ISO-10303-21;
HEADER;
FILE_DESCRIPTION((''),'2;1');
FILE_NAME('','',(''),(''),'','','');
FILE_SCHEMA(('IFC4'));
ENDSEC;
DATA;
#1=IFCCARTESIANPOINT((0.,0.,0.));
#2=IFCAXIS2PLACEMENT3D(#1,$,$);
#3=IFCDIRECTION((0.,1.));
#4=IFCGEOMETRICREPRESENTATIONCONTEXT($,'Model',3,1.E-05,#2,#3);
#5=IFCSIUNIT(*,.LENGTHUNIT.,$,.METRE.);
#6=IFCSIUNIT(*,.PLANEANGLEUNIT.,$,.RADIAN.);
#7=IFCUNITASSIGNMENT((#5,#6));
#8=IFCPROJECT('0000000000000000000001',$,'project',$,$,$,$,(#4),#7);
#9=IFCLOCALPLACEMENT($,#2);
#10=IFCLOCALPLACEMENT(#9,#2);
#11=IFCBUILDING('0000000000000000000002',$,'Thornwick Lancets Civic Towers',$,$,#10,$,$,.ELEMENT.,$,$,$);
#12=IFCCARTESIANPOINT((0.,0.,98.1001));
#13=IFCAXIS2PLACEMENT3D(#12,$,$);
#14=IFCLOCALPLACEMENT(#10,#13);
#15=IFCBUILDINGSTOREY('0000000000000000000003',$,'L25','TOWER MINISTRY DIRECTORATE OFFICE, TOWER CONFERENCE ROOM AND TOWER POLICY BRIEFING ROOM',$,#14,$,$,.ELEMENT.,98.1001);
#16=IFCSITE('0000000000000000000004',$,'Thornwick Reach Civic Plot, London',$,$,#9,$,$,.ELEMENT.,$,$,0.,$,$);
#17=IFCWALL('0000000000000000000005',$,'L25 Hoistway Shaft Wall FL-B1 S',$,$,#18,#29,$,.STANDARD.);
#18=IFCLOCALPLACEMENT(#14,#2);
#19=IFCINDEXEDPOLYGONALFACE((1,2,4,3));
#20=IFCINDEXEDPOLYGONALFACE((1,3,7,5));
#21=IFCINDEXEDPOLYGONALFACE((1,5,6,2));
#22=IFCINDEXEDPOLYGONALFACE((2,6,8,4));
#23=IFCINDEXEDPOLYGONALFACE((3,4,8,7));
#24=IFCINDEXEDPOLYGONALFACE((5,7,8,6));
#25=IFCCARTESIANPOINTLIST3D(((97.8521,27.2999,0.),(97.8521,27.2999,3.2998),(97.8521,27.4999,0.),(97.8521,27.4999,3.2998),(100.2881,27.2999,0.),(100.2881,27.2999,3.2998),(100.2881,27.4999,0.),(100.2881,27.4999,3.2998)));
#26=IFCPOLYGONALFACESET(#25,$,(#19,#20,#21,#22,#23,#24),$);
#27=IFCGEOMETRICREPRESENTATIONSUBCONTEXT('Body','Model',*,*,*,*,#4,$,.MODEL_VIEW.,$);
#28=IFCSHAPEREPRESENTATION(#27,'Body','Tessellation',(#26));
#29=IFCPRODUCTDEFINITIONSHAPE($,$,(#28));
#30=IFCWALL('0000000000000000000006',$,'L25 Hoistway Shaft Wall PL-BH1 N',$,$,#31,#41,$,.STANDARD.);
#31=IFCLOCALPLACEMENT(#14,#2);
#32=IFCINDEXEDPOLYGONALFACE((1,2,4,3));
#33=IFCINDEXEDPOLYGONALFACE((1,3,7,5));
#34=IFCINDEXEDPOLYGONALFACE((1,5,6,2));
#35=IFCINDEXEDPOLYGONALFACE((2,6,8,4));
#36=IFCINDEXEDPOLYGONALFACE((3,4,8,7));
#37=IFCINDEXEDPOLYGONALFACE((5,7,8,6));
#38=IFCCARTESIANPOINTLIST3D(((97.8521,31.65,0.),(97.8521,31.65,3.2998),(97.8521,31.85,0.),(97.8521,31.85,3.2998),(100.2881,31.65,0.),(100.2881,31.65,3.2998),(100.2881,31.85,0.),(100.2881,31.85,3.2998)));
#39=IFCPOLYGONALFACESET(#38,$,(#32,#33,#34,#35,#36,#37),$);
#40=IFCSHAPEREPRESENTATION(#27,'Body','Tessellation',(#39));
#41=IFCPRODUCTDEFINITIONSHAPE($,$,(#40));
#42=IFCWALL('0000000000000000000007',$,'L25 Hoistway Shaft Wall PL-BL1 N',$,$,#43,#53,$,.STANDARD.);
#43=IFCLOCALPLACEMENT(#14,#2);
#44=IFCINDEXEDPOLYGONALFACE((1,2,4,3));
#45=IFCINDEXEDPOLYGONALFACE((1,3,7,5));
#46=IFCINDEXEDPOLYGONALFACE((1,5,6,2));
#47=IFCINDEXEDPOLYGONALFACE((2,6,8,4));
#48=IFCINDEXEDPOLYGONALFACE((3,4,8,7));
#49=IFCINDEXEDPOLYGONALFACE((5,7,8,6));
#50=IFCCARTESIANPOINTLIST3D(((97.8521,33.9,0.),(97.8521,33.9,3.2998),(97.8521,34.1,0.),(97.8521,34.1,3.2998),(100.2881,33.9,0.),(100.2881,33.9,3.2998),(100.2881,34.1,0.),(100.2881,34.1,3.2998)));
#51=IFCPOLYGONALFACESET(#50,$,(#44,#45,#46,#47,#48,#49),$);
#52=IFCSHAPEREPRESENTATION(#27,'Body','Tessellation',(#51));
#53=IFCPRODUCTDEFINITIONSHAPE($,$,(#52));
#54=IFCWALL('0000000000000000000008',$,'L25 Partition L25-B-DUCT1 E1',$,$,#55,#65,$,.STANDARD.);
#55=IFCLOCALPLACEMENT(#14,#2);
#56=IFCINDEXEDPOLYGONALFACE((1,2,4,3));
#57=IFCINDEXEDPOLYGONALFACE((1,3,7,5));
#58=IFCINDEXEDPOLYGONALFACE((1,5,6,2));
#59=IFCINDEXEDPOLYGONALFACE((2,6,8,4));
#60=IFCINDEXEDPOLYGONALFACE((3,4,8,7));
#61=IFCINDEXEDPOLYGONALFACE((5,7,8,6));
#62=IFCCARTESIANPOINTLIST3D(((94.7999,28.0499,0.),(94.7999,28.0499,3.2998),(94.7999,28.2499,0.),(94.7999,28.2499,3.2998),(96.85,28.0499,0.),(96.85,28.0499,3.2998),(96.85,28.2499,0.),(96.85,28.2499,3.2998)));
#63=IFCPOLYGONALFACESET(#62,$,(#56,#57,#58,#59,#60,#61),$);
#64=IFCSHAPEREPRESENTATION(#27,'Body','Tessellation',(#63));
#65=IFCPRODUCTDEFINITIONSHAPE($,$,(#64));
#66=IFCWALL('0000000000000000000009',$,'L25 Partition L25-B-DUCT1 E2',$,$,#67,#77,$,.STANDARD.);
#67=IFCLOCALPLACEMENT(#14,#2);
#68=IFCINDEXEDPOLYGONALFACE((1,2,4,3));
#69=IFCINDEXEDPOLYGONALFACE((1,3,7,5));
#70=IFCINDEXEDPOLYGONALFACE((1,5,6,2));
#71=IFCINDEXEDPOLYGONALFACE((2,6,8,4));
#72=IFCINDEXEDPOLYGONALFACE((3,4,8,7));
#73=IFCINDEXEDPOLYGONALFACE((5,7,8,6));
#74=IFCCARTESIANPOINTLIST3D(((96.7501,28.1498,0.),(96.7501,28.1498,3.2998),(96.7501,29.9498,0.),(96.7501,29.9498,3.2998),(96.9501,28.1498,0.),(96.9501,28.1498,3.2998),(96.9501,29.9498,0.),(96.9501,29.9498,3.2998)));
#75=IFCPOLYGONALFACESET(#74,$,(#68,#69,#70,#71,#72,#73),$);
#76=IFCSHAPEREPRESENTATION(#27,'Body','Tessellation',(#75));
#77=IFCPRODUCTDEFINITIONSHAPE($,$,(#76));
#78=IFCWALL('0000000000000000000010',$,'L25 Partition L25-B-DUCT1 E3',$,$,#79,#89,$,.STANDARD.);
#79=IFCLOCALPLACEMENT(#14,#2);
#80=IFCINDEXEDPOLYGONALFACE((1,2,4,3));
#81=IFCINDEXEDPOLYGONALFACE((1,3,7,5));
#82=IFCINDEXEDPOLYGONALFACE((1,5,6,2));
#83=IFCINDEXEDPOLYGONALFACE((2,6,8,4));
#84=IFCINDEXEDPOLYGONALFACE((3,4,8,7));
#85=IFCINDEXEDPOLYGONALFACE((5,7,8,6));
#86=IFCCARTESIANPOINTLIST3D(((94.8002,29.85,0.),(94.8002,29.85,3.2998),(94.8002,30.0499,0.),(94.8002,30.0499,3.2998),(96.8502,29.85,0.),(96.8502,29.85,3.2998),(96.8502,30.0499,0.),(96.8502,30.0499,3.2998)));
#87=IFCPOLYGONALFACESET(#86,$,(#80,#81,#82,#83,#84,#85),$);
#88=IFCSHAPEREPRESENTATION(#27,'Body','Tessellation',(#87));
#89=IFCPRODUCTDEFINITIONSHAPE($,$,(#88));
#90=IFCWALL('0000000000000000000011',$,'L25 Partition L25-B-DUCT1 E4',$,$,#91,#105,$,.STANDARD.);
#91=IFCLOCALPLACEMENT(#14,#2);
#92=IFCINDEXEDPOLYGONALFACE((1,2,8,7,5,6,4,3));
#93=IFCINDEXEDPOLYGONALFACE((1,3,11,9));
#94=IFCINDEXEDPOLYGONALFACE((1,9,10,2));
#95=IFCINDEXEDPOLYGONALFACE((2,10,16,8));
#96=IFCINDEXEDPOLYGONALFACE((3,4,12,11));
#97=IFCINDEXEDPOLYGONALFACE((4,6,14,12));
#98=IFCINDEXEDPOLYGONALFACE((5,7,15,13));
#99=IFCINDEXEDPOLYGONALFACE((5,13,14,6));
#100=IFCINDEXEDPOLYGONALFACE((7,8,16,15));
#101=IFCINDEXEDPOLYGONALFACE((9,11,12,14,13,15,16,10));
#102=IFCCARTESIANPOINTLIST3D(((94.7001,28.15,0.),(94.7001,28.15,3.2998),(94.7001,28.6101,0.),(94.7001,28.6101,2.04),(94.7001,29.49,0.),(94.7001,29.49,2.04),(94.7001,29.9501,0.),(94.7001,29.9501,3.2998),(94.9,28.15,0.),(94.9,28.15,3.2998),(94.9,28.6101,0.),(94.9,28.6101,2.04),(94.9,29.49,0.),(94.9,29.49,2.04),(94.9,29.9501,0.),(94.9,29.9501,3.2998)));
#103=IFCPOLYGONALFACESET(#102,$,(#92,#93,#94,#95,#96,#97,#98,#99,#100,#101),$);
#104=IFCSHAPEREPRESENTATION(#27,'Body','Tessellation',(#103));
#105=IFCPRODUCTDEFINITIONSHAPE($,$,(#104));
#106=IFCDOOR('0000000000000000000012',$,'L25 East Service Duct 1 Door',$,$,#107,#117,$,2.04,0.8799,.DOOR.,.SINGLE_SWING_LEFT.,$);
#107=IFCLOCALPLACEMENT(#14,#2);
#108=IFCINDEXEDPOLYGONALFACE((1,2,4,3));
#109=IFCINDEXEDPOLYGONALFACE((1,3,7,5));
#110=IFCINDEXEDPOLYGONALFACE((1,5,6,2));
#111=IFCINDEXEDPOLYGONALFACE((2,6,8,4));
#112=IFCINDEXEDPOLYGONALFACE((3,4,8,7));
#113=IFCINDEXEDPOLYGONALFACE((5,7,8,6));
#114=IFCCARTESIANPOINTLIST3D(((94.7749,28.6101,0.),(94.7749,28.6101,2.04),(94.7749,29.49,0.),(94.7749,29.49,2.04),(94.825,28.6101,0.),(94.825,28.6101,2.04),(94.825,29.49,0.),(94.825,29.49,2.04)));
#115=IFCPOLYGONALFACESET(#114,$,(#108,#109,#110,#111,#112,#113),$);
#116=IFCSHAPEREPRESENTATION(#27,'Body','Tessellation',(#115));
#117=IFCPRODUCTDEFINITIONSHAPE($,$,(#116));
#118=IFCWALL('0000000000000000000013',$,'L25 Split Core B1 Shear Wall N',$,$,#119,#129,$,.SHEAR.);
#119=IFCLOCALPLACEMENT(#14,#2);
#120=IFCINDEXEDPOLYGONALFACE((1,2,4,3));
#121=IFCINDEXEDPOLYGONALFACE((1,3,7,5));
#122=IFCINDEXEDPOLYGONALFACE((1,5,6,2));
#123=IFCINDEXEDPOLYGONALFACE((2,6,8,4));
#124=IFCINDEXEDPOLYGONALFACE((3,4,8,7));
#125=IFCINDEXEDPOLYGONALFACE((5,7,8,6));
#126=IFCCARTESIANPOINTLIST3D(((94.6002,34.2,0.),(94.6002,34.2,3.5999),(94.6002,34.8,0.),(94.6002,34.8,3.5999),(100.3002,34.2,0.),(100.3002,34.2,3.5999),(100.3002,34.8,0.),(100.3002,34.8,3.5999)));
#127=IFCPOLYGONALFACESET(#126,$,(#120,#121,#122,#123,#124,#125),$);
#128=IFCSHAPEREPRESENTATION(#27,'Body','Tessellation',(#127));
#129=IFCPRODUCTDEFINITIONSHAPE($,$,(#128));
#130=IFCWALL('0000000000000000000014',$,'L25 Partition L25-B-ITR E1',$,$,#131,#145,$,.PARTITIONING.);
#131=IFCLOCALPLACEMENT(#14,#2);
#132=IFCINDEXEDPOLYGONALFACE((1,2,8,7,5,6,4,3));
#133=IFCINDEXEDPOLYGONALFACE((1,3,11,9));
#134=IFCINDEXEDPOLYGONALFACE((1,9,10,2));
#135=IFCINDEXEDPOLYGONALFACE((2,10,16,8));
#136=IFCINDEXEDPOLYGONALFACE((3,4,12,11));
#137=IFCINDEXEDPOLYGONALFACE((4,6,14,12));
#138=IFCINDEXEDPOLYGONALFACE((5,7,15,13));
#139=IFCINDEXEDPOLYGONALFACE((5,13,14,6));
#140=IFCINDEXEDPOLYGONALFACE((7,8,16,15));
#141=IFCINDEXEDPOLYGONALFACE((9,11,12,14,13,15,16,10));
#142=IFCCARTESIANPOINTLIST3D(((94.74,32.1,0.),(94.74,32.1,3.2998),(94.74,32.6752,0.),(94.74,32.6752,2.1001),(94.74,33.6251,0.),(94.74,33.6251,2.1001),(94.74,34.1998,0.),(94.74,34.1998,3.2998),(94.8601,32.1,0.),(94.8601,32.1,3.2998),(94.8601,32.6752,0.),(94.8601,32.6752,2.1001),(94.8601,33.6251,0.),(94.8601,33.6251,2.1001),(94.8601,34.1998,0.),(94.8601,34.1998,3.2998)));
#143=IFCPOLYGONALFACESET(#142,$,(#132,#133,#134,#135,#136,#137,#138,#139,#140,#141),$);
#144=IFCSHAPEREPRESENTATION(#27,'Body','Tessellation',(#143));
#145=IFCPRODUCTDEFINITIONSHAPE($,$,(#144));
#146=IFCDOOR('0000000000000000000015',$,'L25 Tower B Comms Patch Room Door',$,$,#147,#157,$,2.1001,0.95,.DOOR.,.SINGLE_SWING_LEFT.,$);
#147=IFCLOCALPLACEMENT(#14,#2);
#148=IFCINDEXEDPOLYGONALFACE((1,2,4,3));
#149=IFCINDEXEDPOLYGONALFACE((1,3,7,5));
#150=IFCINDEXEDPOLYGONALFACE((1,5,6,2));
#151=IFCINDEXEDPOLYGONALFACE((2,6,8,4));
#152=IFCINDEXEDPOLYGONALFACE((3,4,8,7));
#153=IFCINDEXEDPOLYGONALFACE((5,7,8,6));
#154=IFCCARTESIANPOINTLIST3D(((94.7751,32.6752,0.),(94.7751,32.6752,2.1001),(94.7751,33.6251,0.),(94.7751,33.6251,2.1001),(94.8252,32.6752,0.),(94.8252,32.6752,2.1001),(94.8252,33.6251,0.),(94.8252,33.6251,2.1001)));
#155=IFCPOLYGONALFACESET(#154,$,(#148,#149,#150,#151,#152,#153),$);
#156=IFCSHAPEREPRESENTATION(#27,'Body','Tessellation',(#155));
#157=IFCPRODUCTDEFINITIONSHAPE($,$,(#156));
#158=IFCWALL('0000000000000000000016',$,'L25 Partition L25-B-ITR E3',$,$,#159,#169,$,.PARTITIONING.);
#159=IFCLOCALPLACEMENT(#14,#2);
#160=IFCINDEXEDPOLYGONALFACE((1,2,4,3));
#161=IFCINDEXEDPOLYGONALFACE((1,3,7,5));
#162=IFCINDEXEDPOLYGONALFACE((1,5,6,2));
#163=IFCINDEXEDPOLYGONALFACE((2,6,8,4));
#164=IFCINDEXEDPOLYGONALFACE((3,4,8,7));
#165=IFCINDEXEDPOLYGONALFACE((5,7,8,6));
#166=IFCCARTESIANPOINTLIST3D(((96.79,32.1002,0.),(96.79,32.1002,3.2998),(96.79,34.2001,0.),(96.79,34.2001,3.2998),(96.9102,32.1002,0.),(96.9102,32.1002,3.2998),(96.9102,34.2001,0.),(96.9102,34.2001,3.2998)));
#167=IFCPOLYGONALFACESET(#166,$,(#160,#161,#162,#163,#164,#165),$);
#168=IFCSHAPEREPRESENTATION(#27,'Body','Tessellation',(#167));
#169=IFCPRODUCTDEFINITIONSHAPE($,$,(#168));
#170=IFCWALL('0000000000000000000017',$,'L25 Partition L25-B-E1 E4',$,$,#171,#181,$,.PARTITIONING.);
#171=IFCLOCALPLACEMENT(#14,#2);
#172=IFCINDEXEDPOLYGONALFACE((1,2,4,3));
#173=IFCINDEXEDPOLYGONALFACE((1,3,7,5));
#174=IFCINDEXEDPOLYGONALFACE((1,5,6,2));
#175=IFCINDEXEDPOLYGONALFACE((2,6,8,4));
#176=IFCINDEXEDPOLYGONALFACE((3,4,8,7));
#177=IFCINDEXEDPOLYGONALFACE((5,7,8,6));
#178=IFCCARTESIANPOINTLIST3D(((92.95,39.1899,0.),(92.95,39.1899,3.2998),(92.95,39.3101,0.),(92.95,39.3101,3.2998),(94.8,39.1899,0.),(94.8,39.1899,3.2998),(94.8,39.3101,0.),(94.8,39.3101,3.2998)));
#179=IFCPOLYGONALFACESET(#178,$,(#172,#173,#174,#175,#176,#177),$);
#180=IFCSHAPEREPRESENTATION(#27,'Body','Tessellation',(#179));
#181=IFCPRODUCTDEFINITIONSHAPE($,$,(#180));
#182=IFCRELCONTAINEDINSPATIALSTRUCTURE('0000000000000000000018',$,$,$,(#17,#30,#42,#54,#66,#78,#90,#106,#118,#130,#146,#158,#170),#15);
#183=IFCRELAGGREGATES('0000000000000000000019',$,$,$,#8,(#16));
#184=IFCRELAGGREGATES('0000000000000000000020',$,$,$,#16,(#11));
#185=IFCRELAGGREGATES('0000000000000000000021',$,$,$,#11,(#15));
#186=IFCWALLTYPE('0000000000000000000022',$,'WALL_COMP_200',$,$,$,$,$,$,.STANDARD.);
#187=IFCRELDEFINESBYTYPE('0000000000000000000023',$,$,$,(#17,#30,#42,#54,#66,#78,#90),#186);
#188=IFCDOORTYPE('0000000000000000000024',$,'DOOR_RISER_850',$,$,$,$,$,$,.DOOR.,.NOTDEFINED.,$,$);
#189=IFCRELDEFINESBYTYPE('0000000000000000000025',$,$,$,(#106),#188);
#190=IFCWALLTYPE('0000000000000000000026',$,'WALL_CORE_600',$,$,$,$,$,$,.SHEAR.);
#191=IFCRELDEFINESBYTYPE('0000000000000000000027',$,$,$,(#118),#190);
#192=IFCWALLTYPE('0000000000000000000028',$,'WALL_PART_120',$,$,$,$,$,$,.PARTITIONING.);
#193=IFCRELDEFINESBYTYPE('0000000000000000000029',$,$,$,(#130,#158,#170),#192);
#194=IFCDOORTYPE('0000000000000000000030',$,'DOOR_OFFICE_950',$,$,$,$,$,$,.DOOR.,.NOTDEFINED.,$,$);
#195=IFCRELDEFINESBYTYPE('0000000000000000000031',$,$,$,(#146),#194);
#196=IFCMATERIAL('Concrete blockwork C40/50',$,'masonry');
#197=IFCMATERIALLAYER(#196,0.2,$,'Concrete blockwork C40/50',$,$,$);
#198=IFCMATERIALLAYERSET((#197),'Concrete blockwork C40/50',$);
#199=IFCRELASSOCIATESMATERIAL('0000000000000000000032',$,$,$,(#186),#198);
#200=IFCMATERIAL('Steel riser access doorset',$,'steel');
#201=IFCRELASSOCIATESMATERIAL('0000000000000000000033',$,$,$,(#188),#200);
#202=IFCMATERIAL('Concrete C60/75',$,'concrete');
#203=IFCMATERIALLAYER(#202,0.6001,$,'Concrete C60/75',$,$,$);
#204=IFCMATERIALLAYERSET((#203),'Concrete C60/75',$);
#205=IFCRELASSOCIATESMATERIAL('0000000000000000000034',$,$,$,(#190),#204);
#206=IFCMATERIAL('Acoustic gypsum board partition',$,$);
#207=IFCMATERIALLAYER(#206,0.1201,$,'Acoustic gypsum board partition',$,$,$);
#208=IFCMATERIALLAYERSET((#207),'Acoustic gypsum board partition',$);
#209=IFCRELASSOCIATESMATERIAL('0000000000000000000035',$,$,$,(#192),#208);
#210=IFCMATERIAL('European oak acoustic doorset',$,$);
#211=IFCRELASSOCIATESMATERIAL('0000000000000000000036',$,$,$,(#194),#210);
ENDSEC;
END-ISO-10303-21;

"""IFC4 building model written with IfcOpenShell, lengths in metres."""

from ifc_helpers import new_model, si_unit, direction, frame, frame_2d, origin, place, context, subcontext, project, spatial, rectangle, extrude, material, layer, layer_set, type_object, element, fill, save


model = new_model("IFC4")

# Units and contexts
model_context = context("Model", 3, precision=1e-05, world=origin(), true_north=direction((0.0, 1.0)))
body_context = subcontext(model_context, "Body", "Model", "MODEL_VIEW")
ifc_project = project(units=[si_unit("LENGTHUNIT", "METRE"), si_unit("PLANEANGLEUNIT", "RADIAN")], contexts=[model_context])

# Site, building, storey
site_placement = place(None, origin())
site = spatial("IfcSite", under=ifc_project, at=site_placement, Name="Thornwick Reach Civic Plot, London", CompositionType="ELEMENT", RefElevation=0.0)
building_placement = place(site_placement, origin())
building = spatial("IfcBuilding", under=site, at=building_placement, Name="Thornwick Lancets Civic Towers", CompositionType="ELEMENT")
storey_placement = place(building_placement, frame((0.0, 0.0, 98.1001)))
storey = spatial("IfcBuildingStorey", under=building, at=storey_placement, Name="L25", Description="TOWER MINISTRY DIRECTORATE OFFICE, TOWER CONFERENCE ROOM AND TOWER POLICY BRIEFING ROOM", CompositionType="ELEMENT", Elevation=98.1001)

# Shared definitions
ifc_material_1 = material(Name="Concrete C60/75", Category="concrete")

# Walls
ifc_material_2 = material(Name="Concrete blockwork C40/50", Category="masonry")
ifc_layer_1 = layer(ifc_material_2, 0.2, Name="Concrete blockwork C40/50")
ifc_layer_set_1 = layer_set([ifc_layer_1], Name="Concrete blockwork C40/50")
wall_type_1 = type_object("IfcWallType", Name="WALL_COMP_200", PredefinedType="STANDARD", material=ifc_layer_set_1)
for number, where, z_axis, x_axis, name in (
    (1, (97.8521, 27.3999, 0.0), (0.0, 0.0, 1.0), (1.0, 0.0, 0.0), "L25 Hoistway Shaft Wall FL-B1 S"),
    (2, (97.8521, 31.75, 0.0), (0.0, 0.0, 1.0), (1.0, 0.0, 0.0), "L25 Hoistway Shaft Wall PL-BH1 N"),
    (3, (97.8521, 34.0, 0.0), (0.0, 0.0, 1.0), (1.0, 0.0, 0.0), "L25 Hoistway Shaft Wall PL-BL1 N"),
):
    element("IfcWall", number, at=place(storey_placement, frame(where, z_axis=z_axis, x_axis=x_axis)), inside=storey, type_object=wall_type_1, Name=name, PredefinedType="STANDARD", context=body_context, shape_type="SweptSolid", body=[
        extrude(rectangle(XDim=2.436, YDim=0.2, at=frame_2d((1.218, 0.0))), origin(), (0.0, 0.0, 1.0), 3.2998),
    ])
wall_1_placement = place(storey_placement, frame((94.8, 28.1499, 0.0), z_axis=(0.0, 0.0, 1.0), x_axis=(1.0, 0.0, 0.0)))
element("IfcWall", 4, at=wall_1_placement, inside=storey, type_object=wall_type_1, Name="L25 Partition L25-B-DUCT1 E1", PredefinedType="STANDARD", context=body_context, shape_type="SweptSolid", body=[
    extrude(rectangle(XDim=2.05, YDim=0.2, at=frame_2d((1.0249, 0.0))), origin(), (0.0, 0.0, 1.0), 3.2998),
])
wall_2_placement = place(storey_placement, frame((96.8501, 28.1499, 0.0), z_axis=(0.0, 0.0, 1.0), x_axis=(0.0, 1.0, 0.0)))
element("IfcWall", 5, at=wall_2_placement, inside=storey, type_object=wall_type_1, Name="L25 Partition L25-B-DUCT1 E2", PredefinedType="STANDARD", context=body_context, shape_type="SweptSolid", body=[
    extrude(rectangle(XDim=1.8, YDim=0.2, at=frame_2d((0.8999, 0.0))), origin(), (0.0, 0.0, 1.0), 3.2998),
])
wall_3_placement = place(storey_placement, frame((96.8501, 29.95, 0.0), z_axis=(0.0, 0.0, 1.0), x_axis=(-1.0, 0.0, 0.0)))
element("IfcWall", 6, at=wall_3_placement, inside=storey, type_object=wall_type_1, Name="L25 Partition L25-B-DUCT1 E3", PredefinedType="STANDARD", context=body_context, shape_type="SweptSolid", body=[
    extrude(rectangle(XDim=2.05, YDim=0.2, at=frame_2d((1.0249, 0.0))), origin(), (0.0, 0.0, 1.0), 3.2998),
])

# Wall, opening, door
wall_4_placement = place(storey_placement, frame((94.8, 29.95, 0.0), z_axis=(0.0, 0.0, 1.0), x_axis=(0.0, -1.0, 0.0)))
wall_4 = element("IfcWall", 7, at=wall_4_placement, inside=storey, type_object=wall_type_1, Name="L25 Partition L25-B-DUCT1 E4", PredefinedType="STANDARD", context=body_context, shape_type="SweptSolid", body=[
    extrude(rectangle(XDim=1.8, YDim=0.2, at=frame_2d((0.8999, 0.0))), origin(), (0.0, 0.0, 1.0), 3.2998),
])
opening_1_placement = place(wall_4_placement, frame((0.46, 0.0, 0.0)))
opening_1 = element("IfcOpeningElement", 8, at=opening_1_placement, cuts=wall_4, PredefinedType="OPENING", context=body_context, shape_type="SweptSolid", body=[
    extrude(rectangle(XDim=0.8799, YDim=2.04, at=frame_2d((0.4399, 1.02))), frame((0.0, 0.1099, 0.0), z_axis=(0.0, -1.0, 0.0), x_axis=(1.0, 0.0, 0.0)), (0.0, 0.0, 1.0), 0.22),
])
ifc_material_3 = material(Name="Steel riser access doorset", Category="steel")
door_type_1 = type_object("IfcDoorType", Name="DOOR_RISER_850", OperationType="NOTDEFINED", PredefinedType="DOOR", material=ifc_material_3)
door_1_placement = place(opening_1_placement, origin())
door_1 = element("IfcDoor", 9, at=door_1_placement, inside=storey, type_object=door_type_1, Name="L25 East Service Duct 1 Door", OperationType="SINGLE_SWING_LEFT", OverallHeight=2.04, OverallWidth=0.8799, PredefinedType="DOOR", context=body_context, shape_type="SweptSolid", body=[
    extrude(rectangle(XDim=0.8799, YDim=2.04, at=frame_2d((0.4399, 1.02))), frame((0.0, 0.0249, 0.0), z_axis=(0.0, -1.0, 0.0), x_axis=(1.0, 0.0, 0.0)), (0.0, 0.0, 1.0), 0.05),
])
fill(opening_1, door_1)

# Wall
ifc_layer_2 = layer(ifc_material_1, 0.6001, Name="Concrete C60/75")
ifc_layer_set_2 = layer_set([ifc_layer_2], Name="Concrete C60/75")
wall_type_2 = type_object("IfcWallType", Name="WALL_CORE_600", PredefinedType="SHEAR", material=ifc_layer_set_2)
wall_5_placement = place(storey_placement, frame((94.6001, 34.5, 0.0), z_axis=(0.0, 0.0, 1.0), x_axis=(1.0, 0.0, 0.0)))
element("IfcWall", 10, at=wall_5_placement, inside=storey, type_object=wall_type_2, Name="L25 Split Core B1 Shear Wall N", PredefinedType="SHEAR", context=body_context, shape_type="SweptSolid", body=[
    extrude(rectangle(XDim=5.7, YDim=0.6001, at=frame_2d((2.8501, 0.0))), origin(), (0.0, 0.0, 1.0), 3.5999),
])

# Wall, opening, door
ifc_material_4 = material(Name="Acoustic gypsum board partition")
ifc_layer_3 = layer(ifc_material_4, 0.1201, Name="Acoustic gypsum board partition")
ifc_layer_set_3 = layer_set([ifc_layer_3], Name="Acoustic gypsum board partition")
wall_type_3 = type_object("IfcWallType", Name="WALL_PART_120", PredefinedType="PARTITIONING", material=ifc_layer_set_3)
wall_6_placement = place(storey_placement, frame((94.8, 32.1001, 0.0), z_axis=(0.0, 0.0, 1.0), x_axis=(0.0, 1.0, 0.0)))
wall_6 = element("IfcWall", 11, at=wall_6_placement, inside=storey, type_object=wall_type_3, Name="L25 Partition L25-B-ITR E1", PredefinedType="PARTITIONING", context=body_context, shape_type="SweptSolid", body=[
    extrude(rectangle(XDim=2.0999, YDim=0.1201, at=frame_2d((1.0498, 0.0))), origin(), (0.0, 0.0, 1.0), 3.2998),
])
opening_2_placement = place(wall_6_placement, frame((0.575, 0.0, 0.0)))
opening_2 = element("IfcOpeningElement", 12, at=opening_2_placement, cuts=wall_6, PredefinedType="OPENING", context=body_context, shape_type="SweptSolid", body=[
    extrude(rectangle(XDim=0.95, YDim=2.1001, at=frame_2d((0.4751, 1.05))), frame((0.0, 0.0701, 0.0), z_axis=(0.0, -1.0, 0.0), x_axis=(1.0, 0.0, 0.0)), (0.0, 0.0, 1.0), 0.1401),
])
ifc_material_5 = material(Name="European oak acoustic doorset")
door_type_2 = type_object("IfcDoorType", Name="DOOR_OFFICE_950", OperationType="NOTDEFINED", PredefinedType="DOOR", material=ifc_material_5)
door_2_placement = place(opening_2_placement, origin())
door_2 = element("IfcDoor", 13, at=door_2_placement, inside=storey, type_object=door_type_2, Name="L25 Tower B Comms Patch Room Door", OperationType="SINGLE_SWING_LEFT", OverallHeight=2.1001, OverallWidth=0.95, PredefinedType="DOOR", context=body_context, shape_type="SweptSolid", body=[
    extrude(rectangle(XDim=0.95, YDim=2.1001, at=frame_2d((0.4751, 1.05))), frame((0.0, 0.0249, 0.0), z_axis=(0.0, -1.0, 0.0), x_axis=(1.0, 0.0, 0.0)), (0.0, 0.0, 1.0), 0.05),
])
fill(opening_2, door_2)

# Walls
wall_7_placement = place(storey_placement, frame((96.8501, 34.2, 0.0), z_axis=(0.0, 0.0, 1.0), x_axis=(0.0, -1.0, 0.0)))
element("IfcWall", 14, at=wall_7_placement, inside=storey, type_object=wall_type_3, Name="L25 Partition L25-B-ITR E3", PredefinedType="PARTITIONING", context=body_context, shape_type="SweptSolid", body=[
    extrude(rectangle(XDim=2.0999, YDim=0.1201, at=frame_2d((1.0498, 0.0))), origin(), (0.0, 0.0, 1.0), 3.2998),
])
wall_8_placement = place(storey_placement, frame((94.8, 39.25, 0.0), z_axis=(0.0, 0.0, 1.0), x_axis=(-1.0, 0.0, 0.0)))
element("IfcWall", 15, at=wall_8_placement, inside=storey, type_object=wall_type_3, Name="L25 Partition L25-B-E1 E4", PredefinedType="PARTITIONING", context=body_context, shape_type="SweptSolid", body=[
    extrude(rectangle(XDim=1.8501, YDim=0.1201, at=frame_2d((0.925, 0.0))), origin(), (0.0, 0.0, 1.0), 3.2998),
])

save(model, "model.ifc")
